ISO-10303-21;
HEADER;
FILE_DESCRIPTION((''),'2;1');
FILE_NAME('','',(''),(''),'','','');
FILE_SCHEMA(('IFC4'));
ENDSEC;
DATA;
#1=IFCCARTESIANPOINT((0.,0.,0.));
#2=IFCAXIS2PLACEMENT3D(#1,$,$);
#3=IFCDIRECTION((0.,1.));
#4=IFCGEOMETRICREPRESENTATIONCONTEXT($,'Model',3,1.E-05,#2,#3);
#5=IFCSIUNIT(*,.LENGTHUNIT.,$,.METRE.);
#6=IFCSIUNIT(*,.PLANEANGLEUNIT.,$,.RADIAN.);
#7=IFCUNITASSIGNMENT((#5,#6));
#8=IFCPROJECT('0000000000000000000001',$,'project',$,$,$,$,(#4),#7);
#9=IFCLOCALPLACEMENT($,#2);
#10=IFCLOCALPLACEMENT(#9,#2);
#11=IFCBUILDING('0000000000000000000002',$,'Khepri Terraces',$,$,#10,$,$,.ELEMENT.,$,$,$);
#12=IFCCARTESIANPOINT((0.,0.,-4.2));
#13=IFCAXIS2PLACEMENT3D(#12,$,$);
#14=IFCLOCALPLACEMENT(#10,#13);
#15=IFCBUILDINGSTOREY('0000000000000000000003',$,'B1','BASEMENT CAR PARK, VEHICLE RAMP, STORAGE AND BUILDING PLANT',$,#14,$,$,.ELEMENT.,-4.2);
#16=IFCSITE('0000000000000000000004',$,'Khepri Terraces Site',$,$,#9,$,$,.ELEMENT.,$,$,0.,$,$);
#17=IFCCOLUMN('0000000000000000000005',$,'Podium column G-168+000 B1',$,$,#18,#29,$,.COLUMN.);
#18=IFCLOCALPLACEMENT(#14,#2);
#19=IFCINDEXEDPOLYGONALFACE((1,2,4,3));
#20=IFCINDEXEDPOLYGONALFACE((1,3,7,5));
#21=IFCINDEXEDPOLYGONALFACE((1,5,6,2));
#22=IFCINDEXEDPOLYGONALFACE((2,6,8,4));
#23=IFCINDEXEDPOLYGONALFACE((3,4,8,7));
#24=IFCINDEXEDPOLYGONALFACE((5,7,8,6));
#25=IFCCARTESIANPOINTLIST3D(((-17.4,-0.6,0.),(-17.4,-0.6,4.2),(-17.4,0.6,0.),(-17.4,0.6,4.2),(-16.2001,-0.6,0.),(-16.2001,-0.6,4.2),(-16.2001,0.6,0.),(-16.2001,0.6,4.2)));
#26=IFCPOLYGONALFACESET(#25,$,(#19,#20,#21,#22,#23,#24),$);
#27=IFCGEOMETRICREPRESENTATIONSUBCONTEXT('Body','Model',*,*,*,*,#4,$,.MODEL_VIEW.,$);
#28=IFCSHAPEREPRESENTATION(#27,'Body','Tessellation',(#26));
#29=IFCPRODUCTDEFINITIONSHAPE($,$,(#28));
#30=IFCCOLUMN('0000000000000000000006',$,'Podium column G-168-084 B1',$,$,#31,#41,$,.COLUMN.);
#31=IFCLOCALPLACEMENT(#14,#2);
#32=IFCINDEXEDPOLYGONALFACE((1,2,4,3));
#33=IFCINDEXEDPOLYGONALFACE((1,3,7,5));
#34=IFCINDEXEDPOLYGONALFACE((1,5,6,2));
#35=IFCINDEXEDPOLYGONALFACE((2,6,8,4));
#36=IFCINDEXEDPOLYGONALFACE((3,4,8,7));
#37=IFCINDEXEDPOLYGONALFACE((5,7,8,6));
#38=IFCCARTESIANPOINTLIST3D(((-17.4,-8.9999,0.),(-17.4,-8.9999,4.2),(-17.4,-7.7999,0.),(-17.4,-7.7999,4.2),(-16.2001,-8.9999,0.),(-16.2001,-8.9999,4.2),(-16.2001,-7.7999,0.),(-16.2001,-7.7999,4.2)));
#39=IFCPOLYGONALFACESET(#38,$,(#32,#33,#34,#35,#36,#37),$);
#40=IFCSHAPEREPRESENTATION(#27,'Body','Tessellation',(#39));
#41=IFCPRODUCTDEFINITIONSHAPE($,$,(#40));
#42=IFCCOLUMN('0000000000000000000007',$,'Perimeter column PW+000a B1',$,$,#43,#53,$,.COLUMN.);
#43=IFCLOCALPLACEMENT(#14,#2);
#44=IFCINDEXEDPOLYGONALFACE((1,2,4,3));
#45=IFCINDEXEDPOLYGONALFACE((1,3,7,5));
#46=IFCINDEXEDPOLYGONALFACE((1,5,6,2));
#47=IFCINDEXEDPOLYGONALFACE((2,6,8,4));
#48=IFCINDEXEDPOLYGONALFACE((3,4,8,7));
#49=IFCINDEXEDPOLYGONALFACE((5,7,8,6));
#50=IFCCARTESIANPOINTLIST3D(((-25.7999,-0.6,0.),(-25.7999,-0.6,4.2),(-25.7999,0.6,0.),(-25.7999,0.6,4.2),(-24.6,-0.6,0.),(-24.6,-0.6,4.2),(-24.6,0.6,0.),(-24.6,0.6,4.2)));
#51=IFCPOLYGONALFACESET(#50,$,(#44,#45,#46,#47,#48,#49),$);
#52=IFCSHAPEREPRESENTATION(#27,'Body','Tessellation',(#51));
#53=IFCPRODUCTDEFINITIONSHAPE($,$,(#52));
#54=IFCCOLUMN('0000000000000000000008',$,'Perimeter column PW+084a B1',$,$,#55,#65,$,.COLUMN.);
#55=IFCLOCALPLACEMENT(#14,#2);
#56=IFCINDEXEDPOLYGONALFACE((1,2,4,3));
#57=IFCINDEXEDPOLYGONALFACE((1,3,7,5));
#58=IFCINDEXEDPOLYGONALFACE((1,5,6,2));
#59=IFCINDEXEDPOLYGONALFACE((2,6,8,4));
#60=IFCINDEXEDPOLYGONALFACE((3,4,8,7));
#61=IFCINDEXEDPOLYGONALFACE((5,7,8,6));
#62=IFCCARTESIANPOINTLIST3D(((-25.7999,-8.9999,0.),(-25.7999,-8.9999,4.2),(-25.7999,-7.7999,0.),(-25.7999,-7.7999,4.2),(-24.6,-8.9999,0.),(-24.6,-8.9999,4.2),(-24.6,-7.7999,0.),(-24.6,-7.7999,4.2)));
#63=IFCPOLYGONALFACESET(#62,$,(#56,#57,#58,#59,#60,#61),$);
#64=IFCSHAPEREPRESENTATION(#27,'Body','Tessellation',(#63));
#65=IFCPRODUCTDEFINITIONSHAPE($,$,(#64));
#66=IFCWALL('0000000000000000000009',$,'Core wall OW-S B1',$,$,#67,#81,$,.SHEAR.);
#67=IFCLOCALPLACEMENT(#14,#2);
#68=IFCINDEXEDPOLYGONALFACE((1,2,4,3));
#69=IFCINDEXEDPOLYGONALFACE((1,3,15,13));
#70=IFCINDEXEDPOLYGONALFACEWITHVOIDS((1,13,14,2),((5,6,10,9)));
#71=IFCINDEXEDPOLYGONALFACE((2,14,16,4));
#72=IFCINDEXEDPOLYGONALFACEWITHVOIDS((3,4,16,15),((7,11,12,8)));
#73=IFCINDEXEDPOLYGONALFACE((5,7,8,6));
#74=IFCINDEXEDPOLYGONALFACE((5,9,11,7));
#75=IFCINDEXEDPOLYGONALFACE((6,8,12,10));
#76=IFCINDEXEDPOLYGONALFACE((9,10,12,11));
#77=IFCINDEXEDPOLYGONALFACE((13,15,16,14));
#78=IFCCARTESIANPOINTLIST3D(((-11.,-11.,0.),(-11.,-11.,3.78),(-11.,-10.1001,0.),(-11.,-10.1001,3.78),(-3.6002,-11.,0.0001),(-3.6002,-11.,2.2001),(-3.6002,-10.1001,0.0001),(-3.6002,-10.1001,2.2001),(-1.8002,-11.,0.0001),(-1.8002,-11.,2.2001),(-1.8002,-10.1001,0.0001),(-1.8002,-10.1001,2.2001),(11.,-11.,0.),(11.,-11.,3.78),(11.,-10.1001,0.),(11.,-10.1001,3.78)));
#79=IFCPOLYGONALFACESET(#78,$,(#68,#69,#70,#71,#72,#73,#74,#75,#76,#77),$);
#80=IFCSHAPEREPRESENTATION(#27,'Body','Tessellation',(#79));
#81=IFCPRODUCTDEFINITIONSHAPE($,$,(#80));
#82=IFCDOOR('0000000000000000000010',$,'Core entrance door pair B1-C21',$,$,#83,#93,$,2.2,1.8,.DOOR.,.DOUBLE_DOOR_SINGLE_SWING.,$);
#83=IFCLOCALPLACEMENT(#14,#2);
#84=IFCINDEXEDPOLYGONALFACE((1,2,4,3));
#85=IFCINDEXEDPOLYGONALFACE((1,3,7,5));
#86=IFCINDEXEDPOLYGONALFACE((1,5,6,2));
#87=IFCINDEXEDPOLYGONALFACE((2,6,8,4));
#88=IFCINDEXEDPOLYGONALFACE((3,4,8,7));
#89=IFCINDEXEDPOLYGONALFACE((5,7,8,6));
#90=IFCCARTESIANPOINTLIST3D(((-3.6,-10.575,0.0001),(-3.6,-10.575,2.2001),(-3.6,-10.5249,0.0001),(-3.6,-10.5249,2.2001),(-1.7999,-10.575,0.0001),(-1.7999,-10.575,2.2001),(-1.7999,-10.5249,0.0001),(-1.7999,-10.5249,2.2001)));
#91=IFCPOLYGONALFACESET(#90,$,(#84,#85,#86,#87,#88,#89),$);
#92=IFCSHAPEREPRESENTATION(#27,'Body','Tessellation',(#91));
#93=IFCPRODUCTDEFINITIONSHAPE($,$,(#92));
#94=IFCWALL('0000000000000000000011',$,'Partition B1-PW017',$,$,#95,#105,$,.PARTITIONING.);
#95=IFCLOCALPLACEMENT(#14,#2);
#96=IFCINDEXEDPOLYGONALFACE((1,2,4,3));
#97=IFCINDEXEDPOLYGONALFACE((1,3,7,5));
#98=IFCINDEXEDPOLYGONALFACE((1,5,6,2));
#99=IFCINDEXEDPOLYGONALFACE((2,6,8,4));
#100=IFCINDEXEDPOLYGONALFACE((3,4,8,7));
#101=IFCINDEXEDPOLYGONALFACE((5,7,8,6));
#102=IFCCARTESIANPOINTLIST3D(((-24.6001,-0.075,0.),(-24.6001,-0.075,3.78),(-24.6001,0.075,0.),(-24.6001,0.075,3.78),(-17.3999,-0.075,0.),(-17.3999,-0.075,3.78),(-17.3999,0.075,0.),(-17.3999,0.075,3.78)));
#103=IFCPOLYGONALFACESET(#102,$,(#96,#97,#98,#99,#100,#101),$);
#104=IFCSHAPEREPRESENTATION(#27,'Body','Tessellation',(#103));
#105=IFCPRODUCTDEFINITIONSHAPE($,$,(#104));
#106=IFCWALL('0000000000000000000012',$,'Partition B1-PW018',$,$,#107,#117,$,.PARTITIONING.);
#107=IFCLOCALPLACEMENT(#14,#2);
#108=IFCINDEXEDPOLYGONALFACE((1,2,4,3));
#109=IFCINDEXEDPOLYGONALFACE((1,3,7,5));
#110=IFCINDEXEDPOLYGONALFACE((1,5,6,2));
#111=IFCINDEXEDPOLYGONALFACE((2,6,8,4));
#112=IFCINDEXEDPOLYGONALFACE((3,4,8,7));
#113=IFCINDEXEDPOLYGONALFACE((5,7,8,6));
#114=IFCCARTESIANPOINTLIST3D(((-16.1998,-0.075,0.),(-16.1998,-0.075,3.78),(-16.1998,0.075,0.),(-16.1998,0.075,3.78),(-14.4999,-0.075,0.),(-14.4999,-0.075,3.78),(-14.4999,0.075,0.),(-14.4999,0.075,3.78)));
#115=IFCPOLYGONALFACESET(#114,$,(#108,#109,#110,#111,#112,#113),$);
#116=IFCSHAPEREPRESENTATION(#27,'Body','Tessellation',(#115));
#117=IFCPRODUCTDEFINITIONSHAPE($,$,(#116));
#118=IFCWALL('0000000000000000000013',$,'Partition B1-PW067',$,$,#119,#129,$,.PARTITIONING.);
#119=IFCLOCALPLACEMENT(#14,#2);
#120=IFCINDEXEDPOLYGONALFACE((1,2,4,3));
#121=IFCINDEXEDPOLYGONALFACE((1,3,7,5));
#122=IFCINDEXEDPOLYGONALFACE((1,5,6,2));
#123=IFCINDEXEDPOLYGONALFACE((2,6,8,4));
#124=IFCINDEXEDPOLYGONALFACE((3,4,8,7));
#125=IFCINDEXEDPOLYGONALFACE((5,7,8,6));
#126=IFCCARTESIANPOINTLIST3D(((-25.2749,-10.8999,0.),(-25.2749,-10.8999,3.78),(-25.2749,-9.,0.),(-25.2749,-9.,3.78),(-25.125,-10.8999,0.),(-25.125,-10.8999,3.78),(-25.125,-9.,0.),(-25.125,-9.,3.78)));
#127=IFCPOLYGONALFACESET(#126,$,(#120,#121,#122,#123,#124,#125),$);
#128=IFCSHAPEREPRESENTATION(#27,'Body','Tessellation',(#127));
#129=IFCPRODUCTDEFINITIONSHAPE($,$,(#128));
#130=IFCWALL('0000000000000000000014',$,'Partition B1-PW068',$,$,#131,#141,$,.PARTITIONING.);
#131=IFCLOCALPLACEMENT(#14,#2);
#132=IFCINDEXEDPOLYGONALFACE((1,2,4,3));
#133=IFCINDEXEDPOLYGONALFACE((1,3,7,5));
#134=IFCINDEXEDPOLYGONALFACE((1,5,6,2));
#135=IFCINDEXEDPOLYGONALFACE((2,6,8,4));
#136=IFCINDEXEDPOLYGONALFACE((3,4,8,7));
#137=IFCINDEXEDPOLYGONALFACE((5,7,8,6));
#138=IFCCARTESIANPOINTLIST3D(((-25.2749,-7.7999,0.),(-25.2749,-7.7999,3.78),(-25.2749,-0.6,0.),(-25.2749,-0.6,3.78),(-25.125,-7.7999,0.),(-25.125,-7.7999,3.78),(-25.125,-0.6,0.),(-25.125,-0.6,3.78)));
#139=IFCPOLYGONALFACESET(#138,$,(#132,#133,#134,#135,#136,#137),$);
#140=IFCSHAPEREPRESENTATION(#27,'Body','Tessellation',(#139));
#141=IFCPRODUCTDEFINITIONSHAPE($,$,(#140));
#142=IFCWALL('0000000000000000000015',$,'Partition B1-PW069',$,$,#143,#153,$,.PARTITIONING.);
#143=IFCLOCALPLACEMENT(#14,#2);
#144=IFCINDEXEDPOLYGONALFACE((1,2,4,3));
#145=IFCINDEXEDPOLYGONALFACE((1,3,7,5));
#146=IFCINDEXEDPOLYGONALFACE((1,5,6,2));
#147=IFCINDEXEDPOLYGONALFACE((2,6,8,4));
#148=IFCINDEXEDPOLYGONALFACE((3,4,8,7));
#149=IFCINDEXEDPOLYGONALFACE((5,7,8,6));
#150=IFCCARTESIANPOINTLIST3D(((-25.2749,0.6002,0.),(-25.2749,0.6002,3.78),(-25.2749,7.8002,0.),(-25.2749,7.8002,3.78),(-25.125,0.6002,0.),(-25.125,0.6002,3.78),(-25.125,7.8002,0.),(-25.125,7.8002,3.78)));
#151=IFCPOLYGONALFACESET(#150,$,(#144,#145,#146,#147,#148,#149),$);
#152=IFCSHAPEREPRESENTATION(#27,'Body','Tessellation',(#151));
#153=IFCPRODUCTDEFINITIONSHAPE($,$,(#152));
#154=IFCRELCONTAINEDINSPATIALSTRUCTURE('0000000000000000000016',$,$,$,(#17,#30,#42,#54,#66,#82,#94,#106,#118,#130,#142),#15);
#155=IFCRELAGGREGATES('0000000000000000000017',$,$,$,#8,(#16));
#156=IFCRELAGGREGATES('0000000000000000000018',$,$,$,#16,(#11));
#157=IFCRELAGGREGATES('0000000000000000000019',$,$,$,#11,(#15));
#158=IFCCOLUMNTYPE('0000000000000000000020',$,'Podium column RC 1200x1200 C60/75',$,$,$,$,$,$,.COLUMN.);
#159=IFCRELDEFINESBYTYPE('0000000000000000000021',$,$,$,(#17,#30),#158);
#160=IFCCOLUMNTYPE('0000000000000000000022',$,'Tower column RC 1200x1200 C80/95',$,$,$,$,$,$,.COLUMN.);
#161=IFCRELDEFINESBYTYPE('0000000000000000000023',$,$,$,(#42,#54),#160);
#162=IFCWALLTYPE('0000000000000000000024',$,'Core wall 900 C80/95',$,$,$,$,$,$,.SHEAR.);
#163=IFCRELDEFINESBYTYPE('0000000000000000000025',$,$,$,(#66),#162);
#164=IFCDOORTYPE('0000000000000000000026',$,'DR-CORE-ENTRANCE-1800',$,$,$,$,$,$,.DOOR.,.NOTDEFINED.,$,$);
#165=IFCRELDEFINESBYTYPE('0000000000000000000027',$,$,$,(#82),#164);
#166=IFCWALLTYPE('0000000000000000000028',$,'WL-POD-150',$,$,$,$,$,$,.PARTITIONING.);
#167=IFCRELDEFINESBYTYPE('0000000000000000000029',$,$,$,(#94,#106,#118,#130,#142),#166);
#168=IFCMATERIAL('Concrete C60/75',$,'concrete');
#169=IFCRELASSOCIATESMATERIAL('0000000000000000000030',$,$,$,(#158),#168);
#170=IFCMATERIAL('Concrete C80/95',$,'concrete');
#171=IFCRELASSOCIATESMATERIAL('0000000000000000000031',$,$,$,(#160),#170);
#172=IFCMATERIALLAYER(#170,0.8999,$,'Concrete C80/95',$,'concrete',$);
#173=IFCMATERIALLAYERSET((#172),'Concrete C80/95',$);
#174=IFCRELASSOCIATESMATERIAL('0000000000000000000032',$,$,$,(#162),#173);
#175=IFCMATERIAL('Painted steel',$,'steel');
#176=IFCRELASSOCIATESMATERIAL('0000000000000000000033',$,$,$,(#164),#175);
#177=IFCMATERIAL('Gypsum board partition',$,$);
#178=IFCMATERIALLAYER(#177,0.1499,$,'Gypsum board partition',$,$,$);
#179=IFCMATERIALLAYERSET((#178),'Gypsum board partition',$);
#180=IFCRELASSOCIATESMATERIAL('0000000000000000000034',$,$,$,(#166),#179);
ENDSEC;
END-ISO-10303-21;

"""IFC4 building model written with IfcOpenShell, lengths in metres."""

from ifc_helpers import new_model, si_unit, direction, frame, frame_2d, origin, origin_2d, place, context, subcontext, project, spatial, rectangle, extrude, material, layer, layer_set, material_profile, profile_set, type_object, element, fill, save


model = new_model("IFC4")

# Units and contexts
model_context = context("Model", 3, precision=1e-05, world=origin(), true_north=direction((0.0, 1.0)))
body_context = subcontext(model_context, "Body", "Model", "MODEL_VIEW")
ifc_project = project(units=[si_unit("LENGTHUNIT", "METRE"), si_unit("PLANEANGLEUNIT", "RADIAN")], contexts=[model_context])

# Site, building, storey
site_placement = place(None, origin())
site = spatial("IfcSite", under=ifc_project, at=site_placement, Name="Khepri Terraces Site", CompositionType="ELEMENT", RefElevation=0.0)
building_placement = place(site_placement, origin())
building = spatial("IfcBuilding", under=site, at=building_placement, Name="Khepri Terraces", CompositionType="ELEMENT")
storey_placement = place(building_placement, frame((0.0, 0.0, -4.2)))
storey = spatial("IfcBuildingStorey", under=building, at=storey_placement, Name="B1", Description="BASEMENT CAR PARK, VEHICLE RAMP, STORAGE AND BUILDING PLANT", CompositionType="ELEMENT", Elevation=-4.2)

# Columns
ifc_material_1 = material(Name="Concrete C60/75", Category="concrete")
ifc_material_profile_1 = material_profile(ifc_material_1, rectangle(XDim=1.2, YDim=1.2, at=origin_2d()), Name="Concrete C60/75", Category="concrete")
ifc_profile_set_1 = profile_set([ifc_material_profile_1], Name="Concrete C60/75")
column_type_1 = type_object("IfcColumnType", Name="Podium column RC 1200x1200 C60/75", PredefinedType="COLUMN", material=ifc_profile_set_1)
for number, where, z_axis, x_axis, name in (
    (1, (-16.8, 0.0, 0.0), (0.0, 0.0, 1.0), (1.0, 0.0, 0.0), "Podium column G-168+000 B1"),
    (2, (-16.8, -8.3999, 0.0), (0.0, 0.0, 1.0), (1.0, 0.0, 0.0), "Podium column G-168-084 B1"),
):
    element("IfcColumn", number, at=place(storey_placement, frame(where, z_axis=z_axis, x_axis=x_axis)), inside=storey, type_object=column_type_1, Name=name, PredefinedType="COLUMN", context=body_context, shape_type="SweptSolid", body=[
        extrude(rectangle(XDim=1.2, YDim=1.2, at=origin_2d()), origin(), (0.0, 0.0, 1.0), 4.2),
    ])
ifc_material_2 = material(Name="Concrete C80/95", Category="concrete")
ifc_material_profile_2 = material_profile(ifc_material_2, rectangle(XDim=1.2, YDim=1.2, at=origin_2d()), Name="Concrete C80/95", Category="concrete")
ifc_profile_set_2 = profile_set([ifc_material_profile_2], Name="Concrete C80/95")
column_type_2 = type_object("IfcColumnType", Name="Tower column RC 1200x1200 C80/95", PredefinedType="COLUMN", material=ifc_profile_set_2)
for number, where, z_axis, x_axis, name in (
    (3, (-25.2, 0.0, 0.0), (0.0, 0.0, 1.0), (1.0, 0.0, 0.0), "Perimeter column PW+000a B1"),
    (4, (-25.2, -8.3999, 0.0), (0.0, 0.0, 1.0), (1.0, 0.0, 0.0), "Perimeter column PW+084a B1"),
):
    element("IfcColumn", number, at=place(storey_placement, frame(where, z_axis=z_axis, x_axis=x_axis)), inside=storey, type_object=column_type_2, Name=name, PredefinedType="COLUMN", context=body_context, shape_type="SweptSolid", body=[
        extrude(rectangle(XDim=1.2, YDim=1.2, at=origin_2d()), origin(), (0.0, 0.0, 1.0), 4.2),
    ])

# Wall, opening, door
ifc_layer_1 = layer(ifc_material_2, 0.8999, Name="Concrete C80/95", Category="concrete")
ifc_layer_set_1 = layer_set([ifc_layer_1], Name="Concrete C80/95")
wall_type_1 = type_object("IfcWallType", Name="Core wall 900 C80/95", PredefinedType="SHEAR", material=ifc_layer_set_1)
wall_1_placement = place(storey_placement, frame((-11.0, -10.55, 0.0), z_axis=(0.0, 0.0, 1.0), x_axis=(1.0, 0.0, 0.0)))
wall_1 = element("IfcWall", 5, at=wall_1_placement, inside=storey, type_object=wall_type_1, Name="Core wall OW-S B1", PredefinedType="SHEAR", context=body_context, shape_type="SweptSolid", body=[
    extrude(rectangle(XDim=22.0, YDim=0.8999, at=frame_2d((11.0, 0.0))), origin(), (0.0, 0.0, 1.0), 3.78),
])
opening_1_placement = place(wall_1_placement, frame((7.3999, 0.0, 0.0)))
opening_1 = element("IfcOpeningElement", 6, at=opening_1_placement, cuts=wall_1, PredefinedType="OPENING", context=body_context, shape_type="SweptSolid", body=[
    extrude(rectangle(XDim=1.8, YDim=2.2, at=frame_2d((0.8999, 1.1001))), frame((0.0, 0.46, 0.0), z_axis=(0.0, -1.0, 0.0), x_axis=(1.0, 0.0, 0.0)), (0.0, 0.0, 1.0), 0.9199),
])
ifc_material_3 = material(Name="Painted steel", Category="steel")
door_type_1 = type_object("IfcDoorType", Name="DR-CORE-ENTRANCE-1800", OperationType="NOTDEFINED", PredefinedType="DOOR", material=ifc_material_3)
door_1_placement = place(opening_1_placement, frame((1.8, 0.0, 0.0), z_axis=(0.0, 0.0, 1.0), x_axis=(-1.0, 0.0, 0.0)))
door_1 = element("IfcDoor", 7, at=door_1_placement, inside=storey, type_object=door_type_1, Name="Core entrance door pair B1-C21", OperationType="DOUBLE_DOOR_SINGLE_SWING", OverallHeight=2.2, OverallWidth=1.8, PredefinedType="DOOR", context=body_context, shape_type="SweptSolid", body=[
    extrude(rectangle(XDim=1.8, YDim=2.2, at=frame_2d((0.8999, 1.1001))), frame((0.0, 0.0249, 0.0), z_axis=(0.0, -1.0, 0.0), x_axis=(1.0, 0.0, 0.0)), (0.0, 0.0, 1.0), 0.05),
])
fill(opening_1, door_1)

# Walls
ifc_material_4 = material(Name="Gypsum board partition")
ifc_layer_2 = layer(ifc_material_4, 0.1499, Name="Gypsum board partition")
ifc_layer_set_2 = layer_set([ifc_layer_2], Name="Gypsum board partition")
wall_type_2 = type_object("IfcWallType", Name="WL-POD-150", PredefinedType="PARTITIONING", material=ifc_layer_set_2)
wall_2_placement = place(storey_placement, frame((-24.6001, 0.0, 0.0), z_axis=(0.0, 0.0, 1.0), x_axis=(1.0, 0.0, 0.0)))
element("IfcWall", 8, at=wall_2_placement, inside=storey, type_object=wall_type_2, Name="Partition B1-PW017", PredefinedType="PARTITIONING", context=body_context, shape_type="SweptSolid", body=[
    extrude(rectangle(XDim=7.2002, YDim=0.1499, at=frame_2d((3.6001, 0.0))), origin(), (0.0, 0.0, 1.0), 3.78),
])
wall_3_placement = place(storey_placement, frame((-16.2, 0.0, 0.0), z_axis=(0.0, 0.0, 1.0), x_axis=(1.0, 0.0, 0.0)))
element("IfcWall", 9, at=wall_3_placement, inside=storey, type_object=wall_type_2, Name="Partition B1-PW018", PredefinedType="PARTITIONING", context=body_context, shape_type="SweptSolid", body=[
    extrude(rectangle(XDim=1.7, YDim=0.1499, at=frame_2d((0.8501, 0.0))), origin(), (0.0, 0.0, 1.0), 3.78),
])
wall_4_placement = place(storey_placement, frame((-25.2, -10.8999, 0.0), z_axis=(0.0, 0.0, 1.0), x_axis=(0.0, 1.0, 0.0)))
element("IfcWall", 10, at=wall_4_placement, inside=storey, type_object=wall_type_2, Name="Partition B1-PW067", PredefinedType="PARTITIONING", context=body_context, shape_type="SweptSolid", body=[
    extrude(rectangle(XDim=1.8999, YDim=0.1499, at=frame_2d((0.95, 0.0))), origin(), (0.0, 0.0, 1.0), 3.78),
])
for number, where, z_axis, x_axis, name in (
    (11, (-25.2, -7.8, 0.0), (0.0, 0.0, 1.0), (0.0, 1.0, 0.0), "Partition B1-PW068"),
    (12, (-25.2, 0.6001, 0.0), (0.0, 0.0, 1.0), (0.0, 1.0, 0.0), "Partition B1-PW069"),
):
    element("IfcWall", number, at=place(storey_placement, frame(where, z_axis=z_axis, x_axis=x_axis)), inside=storey, type_object=wall_type_2, Name=name, PredefinedType="PARTITIONING", context=body_context, shape_type="SweptSolid", body=[
        extrude(rectangle(XDim=7.2, YDim=0.1499, at=frame_2d((3.6001, 0.0))), origin(), (0.0, 0.0, 1.0), 3.78),
    ])

save(model, "model.ifc")
